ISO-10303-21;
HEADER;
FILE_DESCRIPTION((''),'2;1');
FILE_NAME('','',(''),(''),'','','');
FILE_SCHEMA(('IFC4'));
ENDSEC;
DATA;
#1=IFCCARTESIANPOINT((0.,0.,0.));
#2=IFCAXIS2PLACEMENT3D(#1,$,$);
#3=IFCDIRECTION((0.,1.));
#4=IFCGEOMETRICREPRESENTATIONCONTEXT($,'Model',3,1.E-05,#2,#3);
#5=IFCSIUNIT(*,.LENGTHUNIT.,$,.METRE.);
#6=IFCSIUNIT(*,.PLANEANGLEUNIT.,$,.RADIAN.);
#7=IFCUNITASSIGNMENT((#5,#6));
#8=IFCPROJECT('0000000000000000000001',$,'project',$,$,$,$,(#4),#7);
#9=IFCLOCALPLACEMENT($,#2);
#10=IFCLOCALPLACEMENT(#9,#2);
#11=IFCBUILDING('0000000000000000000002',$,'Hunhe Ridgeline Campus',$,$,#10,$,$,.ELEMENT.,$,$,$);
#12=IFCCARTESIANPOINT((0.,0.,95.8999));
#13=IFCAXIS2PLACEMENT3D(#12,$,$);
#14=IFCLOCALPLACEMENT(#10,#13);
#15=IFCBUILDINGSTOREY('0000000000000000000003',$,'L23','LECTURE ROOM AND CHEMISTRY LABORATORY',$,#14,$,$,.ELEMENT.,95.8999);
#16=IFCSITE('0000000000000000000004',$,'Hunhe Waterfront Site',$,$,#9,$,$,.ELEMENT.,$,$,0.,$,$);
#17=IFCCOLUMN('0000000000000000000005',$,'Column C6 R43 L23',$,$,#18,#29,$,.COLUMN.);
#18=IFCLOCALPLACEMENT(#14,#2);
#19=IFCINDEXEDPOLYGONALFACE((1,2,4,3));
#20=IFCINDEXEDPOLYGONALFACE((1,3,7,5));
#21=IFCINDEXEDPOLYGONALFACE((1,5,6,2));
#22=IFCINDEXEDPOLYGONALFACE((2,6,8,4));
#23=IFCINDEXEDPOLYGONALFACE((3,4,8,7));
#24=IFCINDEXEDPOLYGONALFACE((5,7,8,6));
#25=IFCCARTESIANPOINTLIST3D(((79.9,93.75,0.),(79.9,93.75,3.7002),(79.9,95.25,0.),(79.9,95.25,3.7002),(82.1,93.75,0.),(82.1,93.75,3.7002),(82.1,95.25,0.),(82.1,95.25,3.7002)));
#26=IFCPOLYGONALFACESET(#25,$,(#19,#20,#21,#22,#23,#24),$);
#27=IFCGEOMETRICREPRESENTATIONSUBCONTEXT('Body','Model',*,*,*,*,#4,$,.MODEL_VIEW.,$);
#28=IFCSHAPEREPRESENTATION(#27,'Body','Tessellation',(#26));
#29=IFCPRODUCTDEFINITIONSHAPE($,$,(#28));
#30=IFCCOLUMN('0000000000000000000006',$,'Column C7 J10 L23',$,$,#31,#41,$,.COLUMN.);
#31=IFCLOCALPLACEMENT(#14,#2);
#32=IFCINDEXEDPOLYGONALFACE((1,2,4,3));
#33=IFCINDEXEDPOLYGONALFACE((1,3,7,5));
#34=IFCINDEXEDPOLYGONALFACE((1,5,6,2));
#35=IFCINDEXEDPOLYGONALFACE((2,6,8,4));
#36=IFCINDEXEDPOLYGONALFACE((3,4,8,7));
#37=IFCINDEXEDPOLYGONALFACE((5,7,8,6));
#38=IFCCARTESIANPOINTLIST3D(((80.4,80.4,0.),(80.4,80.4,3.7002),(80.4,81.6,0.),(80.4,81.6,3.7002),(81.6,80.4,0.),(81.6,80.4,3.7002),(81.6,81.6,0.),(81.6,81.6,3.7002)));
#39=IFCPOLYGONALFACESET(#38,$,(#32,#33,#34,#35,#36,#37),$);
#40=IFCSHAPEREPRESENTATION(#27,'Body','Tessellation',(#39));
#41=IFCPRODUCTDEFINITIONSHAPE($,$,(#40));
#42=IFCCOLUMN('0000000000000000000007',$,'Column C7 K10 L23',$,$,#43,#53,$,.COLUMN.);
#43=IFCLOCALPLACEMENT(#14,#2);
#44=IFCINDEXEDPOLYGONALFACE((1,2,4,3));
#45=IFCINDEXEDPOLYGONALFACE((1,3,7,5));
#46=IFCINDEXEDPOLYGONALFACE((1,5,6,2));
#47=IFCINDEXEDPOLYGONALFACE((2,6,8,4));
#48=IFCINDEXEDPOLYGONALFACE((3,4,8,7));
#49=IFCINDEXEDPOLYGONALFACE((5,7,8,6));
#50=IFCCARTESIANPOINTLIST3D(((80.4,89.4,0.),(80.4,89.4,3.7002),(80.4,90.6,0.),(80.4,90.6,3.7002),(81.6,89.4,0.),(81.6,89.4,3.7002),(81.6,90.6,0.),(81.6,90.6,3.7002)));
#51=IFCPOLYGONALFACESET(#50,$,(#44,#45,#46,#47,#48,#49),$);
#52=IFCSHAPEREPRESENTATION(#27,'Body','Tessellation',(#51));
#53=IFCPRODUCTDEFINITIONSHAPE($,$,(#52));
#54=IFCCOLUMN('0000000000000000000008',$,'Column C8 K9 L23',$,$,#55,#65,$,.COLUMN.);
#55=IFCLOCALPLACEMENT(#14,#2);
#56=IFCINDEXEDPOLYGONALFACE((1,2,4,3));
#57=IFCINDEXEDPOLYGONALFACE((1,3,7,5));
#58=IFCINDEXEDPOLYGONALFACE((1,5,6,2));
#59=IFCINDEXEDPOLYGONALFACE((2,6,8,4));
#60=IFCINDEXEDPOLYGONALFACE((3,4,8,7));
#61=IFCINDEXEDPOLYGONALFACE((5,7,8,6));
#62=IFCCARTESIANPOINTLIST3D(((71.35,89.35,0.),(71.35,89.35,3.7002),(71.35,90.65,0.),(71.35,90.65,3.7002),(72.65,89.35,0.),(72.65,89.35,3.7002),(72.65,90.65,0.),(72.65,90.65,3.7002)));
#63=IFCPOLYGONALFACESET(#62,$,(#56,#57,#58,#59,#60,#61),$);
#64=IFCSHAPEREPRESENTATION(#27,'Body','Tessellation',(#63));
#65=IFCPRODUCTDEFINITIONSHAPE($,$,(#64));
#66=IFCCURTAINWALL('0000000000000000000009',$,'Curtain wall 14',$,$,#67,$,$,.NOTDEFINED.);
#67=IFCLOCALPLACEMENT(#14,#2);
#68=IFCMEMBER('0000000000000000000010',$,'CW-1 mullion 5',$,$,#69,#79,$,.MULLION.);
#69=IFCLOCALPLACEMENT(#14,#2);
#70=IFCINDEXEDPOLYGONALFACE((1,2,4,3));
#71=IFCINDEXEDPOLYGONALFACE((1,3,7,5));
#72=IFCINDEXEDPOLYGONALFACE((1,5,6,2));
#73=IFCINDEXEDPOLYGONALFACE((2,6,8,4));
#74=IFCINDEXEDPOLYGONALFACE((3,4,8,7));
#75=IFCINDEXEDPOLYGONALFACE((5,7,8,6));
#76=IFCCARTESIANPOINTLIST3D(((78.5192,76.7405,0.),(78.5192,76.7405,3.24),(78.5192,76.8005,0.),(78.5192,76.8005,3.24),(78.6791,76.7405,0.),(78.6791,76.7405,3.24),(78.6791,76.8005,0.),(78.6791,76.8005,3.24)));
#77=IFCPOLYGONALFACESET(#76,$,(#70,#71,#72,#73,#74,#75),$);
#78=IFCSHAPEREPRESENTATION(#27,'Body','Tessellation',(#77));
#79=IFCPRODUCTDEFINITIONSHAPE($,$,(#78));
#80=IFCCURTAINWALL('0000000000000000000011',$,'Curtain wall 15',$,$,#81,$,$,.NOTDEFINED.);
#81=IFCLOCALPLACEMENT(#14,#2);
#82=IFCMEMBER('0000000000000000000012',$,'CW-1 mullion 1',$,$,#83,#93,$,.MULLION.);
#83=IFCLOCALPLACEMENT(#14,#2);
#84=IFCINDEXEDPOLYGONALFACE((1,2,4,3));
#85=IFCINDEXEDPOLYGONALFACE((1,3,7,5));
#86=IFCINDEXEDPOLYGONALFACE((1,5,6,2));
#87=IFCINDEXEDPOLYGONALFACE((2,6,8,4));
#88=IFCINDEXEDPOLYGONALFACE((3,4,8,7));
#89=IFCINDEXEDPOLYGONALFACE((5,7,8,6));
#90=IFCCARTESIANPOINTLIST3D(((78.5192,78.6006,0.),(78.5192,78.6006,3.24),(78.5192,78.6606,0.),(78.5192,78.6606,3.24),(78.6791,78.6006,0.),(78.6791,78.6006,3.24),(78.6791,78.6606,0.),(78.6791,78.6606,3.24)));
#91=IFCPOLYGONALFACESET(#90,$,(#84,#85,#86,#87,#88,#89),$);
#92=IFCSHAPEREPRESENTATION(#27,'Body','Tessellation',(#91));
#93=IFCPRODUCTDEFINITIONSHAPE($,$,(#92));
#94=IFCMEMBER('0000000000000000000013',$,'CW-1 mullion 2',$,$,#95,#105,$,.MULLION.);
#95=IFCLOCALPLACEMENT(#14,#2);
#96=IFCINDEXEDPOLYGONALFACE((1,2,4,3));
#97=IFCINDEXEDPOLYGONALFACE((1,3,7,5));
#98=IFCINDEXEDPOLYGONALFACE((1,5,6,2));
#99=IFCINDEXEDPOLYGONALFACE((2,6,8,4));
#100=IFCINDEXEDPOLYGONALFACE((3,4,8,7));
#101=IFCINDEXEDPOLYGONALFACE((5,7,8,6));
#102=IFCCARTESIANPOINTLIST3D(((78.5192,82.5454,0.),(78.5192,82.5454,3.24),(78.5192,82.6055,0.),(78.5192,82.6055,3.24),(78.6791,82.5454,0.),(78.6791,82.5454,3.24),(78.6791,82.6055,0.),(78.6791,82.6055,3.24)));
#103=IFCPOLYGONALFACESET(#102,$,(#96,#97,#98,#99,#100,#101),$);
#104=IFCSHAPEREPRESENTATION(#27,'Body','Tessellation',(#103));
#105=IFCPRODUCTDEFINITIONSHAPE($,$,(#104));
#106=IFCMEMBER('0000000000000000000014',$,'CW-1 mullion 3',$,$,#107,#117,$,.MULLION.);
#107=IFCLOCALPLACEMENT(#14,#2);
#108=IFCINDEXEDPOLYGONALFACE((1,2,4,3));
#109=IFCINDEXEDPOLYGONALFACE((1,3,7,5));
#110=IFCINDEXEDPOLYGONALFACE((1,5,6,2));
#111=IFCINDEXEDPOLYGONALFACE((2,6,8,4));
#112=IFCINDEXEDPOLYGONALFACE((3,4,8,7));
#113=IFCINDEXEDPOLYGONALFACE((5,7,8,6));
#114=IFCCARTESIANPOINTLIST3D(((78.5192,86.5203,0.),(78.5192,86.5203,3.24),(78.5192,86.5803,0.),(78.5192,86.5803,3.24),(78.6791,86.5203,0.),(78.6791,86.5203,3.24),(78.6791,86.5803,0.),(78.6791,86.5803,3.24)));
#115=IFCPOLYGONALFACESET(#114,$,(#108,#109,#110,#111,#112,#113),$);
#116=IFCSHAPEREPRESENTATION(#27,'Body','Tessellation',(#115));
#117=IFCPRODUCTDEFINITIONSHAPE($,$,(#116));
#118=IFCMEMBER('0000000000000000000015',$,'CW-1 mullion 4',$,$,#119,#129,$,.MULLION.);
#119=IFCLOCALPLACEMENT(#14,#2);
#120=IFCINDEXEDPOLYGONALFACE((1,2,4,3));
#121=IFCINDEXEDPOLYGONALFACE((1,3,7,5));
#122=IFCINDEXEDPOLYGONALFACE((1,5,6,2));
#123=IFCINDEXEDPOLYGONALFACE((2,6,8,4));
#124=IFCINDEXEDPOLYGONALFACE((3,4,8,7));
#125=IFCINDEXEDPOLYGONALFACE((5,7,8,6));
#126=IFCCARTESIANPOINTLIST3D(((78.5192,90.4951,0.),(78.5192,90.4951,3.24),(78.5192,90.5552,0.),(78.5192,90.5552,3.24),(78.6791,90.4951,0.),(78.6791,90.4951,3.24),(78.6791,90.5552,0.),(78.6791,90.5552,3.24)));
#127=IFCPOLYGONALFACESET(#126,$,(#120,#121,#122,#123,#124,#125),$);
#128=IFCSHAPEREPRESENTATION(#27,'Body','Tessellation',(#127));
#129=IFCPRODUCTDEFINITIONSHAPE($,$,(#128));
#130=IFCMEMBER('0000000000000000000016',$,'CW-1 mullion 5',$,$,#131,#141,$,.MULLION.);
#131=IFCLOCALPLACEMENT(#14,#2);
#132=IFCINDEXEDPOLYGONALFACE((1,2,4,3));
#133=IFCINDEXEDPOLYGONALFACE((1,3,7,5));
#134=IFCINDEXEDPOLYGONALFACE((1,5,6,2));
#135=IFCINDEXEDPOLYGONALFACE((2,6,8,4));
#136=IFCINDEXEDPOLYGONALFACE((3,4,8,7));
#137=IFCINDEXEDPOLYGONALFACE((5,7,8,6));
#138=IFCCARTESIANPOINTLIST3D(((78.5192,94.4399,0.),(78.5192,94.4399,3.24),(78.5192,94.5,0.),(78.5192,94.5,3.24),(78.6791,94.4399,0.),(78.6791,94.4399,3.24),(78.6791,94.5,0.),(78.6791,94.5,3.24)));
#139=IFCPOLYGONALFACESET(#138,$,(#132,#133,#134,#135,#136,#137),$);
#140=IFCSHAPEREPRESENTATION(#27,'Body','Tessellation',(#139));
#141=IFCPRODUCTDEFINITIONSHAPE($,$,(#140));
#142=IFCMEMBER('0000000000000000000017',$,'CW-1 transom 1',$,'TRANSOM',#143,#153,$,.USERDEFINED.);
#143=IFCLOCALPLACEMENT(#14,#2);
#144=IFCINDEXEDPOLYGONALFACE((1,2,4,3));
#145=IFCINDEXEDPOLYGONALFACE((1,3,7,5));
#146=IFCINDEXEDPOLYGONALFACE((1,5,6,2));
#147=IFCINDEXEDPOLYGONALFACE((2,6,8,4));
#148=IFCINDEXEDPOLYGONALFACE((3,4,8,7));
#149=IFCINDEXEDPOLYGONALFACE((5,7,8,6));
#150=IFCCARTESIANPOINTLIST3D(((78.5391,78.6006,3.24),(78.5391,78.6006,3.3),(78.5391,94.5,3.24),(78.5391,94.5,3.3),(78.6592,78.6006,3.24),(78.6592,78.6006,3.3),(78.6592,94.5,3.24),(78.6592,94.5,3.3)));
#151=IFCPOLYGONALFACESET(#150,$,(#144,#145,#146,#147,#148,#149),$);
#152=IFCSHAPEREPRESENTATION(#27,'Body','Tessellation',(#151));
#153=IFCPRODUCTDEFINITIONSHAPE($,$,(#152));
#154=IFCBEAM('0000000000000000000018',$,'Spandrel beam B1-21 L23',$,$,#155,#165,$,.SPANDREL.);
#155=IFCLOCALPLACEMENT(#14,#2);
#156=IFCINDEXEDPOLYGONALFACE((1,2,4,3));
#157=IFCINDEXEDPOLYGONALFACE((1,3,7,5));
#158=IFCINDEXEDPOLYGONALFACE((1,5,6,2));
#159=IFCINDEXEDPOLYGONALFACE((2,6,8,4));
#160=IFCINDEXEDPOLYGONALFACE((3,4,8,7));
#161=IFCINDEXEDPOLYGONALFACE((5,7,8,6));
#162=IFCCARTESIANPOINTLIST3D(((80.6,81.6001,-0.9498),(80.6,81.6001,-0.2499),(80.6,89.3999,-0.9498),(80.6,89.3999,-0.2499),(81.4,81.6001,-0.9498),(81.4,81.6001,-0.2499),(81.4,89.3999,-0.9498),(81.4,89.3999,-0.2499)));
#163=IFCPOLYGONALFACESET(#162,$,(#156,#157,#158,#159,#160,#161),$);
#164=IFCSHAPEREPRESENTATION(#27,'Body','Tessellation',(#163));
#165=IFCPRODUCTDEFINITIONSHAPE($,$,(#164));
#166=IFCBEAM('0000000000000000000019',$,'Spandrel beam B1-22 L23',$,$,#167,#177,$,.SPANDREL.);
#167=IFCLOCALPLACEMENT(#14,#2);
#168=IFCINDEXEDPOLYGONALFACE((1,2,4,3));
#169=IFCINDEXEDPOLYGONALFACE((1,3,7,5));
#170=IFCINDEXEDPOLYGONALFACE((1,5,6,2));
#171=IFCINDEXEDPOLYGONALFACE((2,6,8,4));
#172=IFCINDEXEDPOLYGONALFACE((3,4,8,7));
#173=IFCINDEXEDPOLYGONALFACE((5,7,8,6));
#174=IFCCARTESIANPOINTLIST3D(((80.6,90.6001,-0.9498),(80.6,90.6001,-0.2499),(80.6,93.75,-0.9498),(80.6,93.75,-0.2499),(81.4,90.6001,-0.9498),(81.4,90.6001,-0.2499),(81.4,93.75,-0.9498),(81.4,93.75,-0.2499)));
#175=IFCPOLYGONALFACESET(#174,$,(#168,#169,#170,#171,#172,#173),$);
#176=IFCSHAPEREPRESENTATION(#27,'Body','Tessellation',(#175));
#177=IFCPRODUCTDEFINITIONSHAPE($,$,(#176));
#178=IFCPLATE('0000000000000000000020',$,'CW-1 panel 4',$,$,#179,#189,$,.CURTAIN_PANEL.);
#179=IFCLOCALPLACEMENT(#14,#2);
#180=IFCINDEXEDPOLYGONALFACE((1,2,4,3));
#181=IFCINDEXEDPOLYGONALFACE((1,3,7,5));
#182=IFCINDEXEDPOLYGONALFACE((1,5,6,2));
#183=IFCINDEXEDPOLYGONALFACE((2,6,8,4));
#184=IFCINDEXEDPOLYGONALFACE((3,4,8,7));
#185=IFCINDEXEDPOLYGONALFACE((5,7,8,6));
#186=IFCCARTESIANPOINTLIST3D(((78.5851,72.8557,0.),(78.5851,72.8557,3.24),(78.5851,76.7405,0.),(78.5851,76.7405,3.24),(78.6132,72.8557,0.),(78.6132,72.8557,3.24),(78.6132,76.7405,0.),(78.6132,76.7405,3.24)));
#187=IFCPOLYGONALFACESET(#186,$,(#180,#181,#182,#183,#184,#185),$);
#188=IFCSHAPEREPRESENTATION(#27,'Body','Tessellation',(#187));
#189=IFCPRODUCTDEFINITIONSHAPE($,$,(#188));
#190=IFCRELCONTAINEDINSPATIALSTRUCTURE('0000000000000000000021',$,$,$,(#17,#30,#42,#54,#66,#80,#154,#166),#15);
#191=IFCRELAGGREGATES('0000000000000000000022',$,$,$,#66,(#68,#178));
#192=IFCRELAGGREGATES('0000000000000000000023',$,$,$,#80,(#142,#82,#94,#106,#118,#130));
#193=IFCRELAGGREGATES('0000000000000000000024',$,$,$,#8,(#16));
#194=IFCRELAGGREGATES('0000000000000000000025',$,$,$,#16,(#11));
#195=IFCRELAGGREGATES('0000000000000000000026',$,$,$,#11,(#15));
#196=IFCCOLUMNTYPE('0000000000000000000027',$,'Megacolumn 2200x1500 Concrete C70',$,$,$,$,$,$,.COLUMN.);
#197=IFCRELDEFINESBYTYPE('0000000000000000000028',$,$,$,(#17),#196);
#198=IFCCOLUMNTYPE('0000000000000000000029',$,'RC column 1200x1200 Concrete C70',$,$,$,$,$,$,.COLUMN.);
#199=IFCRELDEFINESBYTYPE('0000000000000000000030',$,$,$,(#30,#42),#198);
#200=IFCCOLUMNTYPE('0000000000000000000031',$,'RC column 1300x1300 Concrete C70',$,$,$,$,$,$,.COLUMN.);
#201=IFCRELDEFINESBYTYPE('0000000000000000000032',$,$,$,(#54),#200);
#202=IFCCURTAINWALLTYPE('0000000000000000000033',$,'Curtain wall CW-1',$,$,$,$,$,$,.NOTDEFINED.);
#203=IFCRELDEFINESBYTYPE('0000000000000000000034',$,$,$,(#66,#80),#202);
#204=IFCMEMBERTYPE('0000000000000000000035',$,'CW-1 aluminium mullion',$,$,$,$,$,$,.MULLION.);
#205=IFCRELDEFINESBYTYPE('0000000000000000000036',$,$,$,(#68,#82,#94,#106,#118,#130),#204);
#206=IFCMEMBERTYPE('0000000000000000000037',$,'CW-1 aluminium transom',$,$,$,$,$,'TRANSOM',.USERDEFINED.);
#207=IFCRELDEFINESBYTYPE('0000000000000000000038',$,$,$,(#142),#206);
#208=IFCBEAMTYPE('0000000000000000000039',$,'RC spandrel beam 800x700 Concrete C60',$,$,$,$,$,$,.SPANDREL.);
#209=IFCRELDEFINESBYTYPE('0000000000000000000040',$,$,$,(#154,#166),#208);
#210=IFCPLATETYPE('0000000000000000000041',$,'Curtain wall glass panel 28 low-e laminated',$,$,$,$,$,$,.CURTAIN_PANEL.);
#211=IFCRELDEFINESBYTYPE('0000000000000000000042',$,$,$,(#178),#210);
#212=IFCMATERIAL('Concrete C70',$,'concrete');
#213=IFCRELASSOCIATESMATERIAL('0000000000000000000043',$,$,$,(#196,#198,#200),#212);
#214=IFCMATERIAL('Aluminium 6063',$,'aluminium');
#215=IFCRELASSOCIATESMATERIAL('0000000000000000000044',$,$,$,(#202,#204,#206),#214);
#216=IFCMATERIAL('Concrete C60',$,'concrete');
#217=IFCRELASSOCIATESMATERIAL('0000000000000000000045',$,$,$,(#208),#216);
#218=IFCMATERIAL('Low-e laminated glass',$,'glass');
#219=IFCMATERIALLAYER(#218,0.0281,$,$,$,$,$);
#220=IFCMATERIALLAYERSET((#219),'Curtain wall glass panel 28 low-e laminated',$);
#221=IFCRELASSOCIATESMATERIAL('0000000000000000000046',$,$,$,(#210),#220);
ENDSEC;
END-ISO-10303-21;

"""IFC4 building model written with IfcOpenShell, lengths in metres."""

from ifc_helpers import new_model, si_unit, direction, frame, origin, origin_2d, place, context, subcontext, project, spatial, rectangle, extrude, material, layer, layer_set, material_profile, profile_set, type_object, element, aggregate, save


model = new_model("IFC4")

# Units and contexts
model_context = context("Model", 3, precision=1e-05, world=origin(), true_north=direction((0.0, 1.0)))
body_context = subcontext(model_context, "Body", "Model", "MODEL_VIEW")
ifc_project = project(units=[si_unit("LENGTHUNIT", "METRE"), si_unit("PLANEANGLEUNIT", "RADIAN")], contexts=[model_context])

# Site, building, storey
site_placement = place(None, origin())
site = spatial("IfcSite", under=ifc_project, at=site_placement, Name="Hunhe Waterfront Site", CompositionType="ELEMENT", RefElevation=0.0)
building_placement = place(site_placement, origin())
building = spatial("IfcBuilding", under=site, at=building_placement, Name="Hunhe Ridgeline Campus", CompositionType="ELEMENT")
storey_placement = place(building_placement, frame((0.0, 0.0, 95.8999)))
storey = spatial("IfcBuildingStorey", under=building, at=storey_placement, Name="L23", Description="LECTURE ROOM AND CHEMISTRY LABORATORY", CompositionType="ELEMENT", Elevation=95.8999)

# Columns
ifc_material_1 = material(Name="Concrete C70", Category="concrete")
ifc_material_profile_1 = material_profile(ifc_material_1, rectangle(XDim=2.2, YDim=1.5, at=origin_2d()))
ifc_profile_set_1 = profile_set([ifc_material_profile_1], Name="Concrete C70")
column_type_1 = type_object("IfcColumnType", Name="Megacolumn 2200x1500 Concrete C70", PredefinedType="COLUMN", material=ifc_profile_set_1)
column_1_placement = place(storey_placement, frame((81.0, 94.5, 0.0), z_axis=(0.0, 0.0, 1.0), x_axis=(1.0, 0.0, 0.0)))
element("IfcColumn", 1, at=column_1_placement, inside=storey, type_object=column_type_1, Name="Column C6 R43 L23", PredefinedType="COLUMN", context=body_context, shape_type="SweptSolid", body=[
    extrude(rectangle(XDim=2.2, YDim=1.5, at=origin_2d()), origin(), (0.0, 0.0, 1.0), 3.7002),
])
ifc_material_profile_2 = material_profile(ifc_material_1, rectangle(XDim=1.2, YDim=1.2, at=origin_2d()))
ifc_profile_set_2 = profile_set([ifc_material_profile_2], Name="Concrete C70")
column_type_2 = type_object("IfcColumnType", Name="RC column 1200x1200 Concrete C70", PredefinedType="COLUMN", material=ifc_profile_set_2)
for number, where, z_axis, x_axis, name in (
    (2, (81.0, 81.0, 0.0), (0.0, 0.0, 1.0), (1.0, 0.0, 0.0), "Column C7 J10 L23"),
    (3, (81.0, 90.0, 0.0), (0.0, 0.0, 1.0), (1.0, 0.0, 0.0), "Column C7 K10 L23"),
):
    element("IfcColumn", number, at=place(storey_placement, frame(where, z_axis=z_axis, x_axis=x_axis)), inside=storey, type_object=column_type_2, Name=name, PredefinedType="COLUMN", context=body_context, shape_type="SweptSolid", body=[
        extrude(rectangle(XDim=1.2, YDim=1.2, at=origin_2d()), origin(), (0.0, 0.0, 1.0), 3.7002),
    ])
ifc_material_profile_3 = material_profile(ifc_material_1, rectangle(XDim=1.3, YDim=1.3, at=origin_2d()))
ifc_profile_set_3 = profile_set([ifc_material_profile_3], Name="Concrete C70")
column_type_3 = type_object("IfcColumnType", Name="RC column 1300x1300 Concrete C70", PredefinedType="COLUMN", material=ifc_profile_set_3)
column_2_placement = place(storey_placement, frame((72.0, 90.0, 0.0), z_axis=(0.0, 0.0, 1.0), x_axis=(1.0, 0.0, 0.0)))
element("IfcColumn", 4, at=column_2_placement, inside=storey, type_object=column_type_3, Name="Column C8 K9 L23", PredefinedType="COLUMN", context=body_context, shape_type="SweptSolid", body=[
    extrude(rectangle(XDim=1.3, YDim=1.3, at=origin_2d()), origin(), (0.0, 0.0, 1.0), 3.7002),
])

# Curtain wall, member
ifc_material_2 = material(Name="Aluminium 6063", Category="aluminium")
curtain_wall_type = type_object("IfcCurtainWallType", Name="Curtain wall CW-1", PredefinedType="NOTDEFINED", material=ifc_material_2)
curtain_wall_1_placement = place(storey_placement, origin())
curtain_wall_1 = element("IfcCurtainWall", 5, at=curtain_wall_1_placement, inside=storey, type_object=curtain_wall_type, Name="Curtain wall 14", PredefinedType="NOTDEFINED")
ifc_material_profile_4 = material_profile(ifc_material_2, rectangle(XDim=0.1599, YDim=0.0601, at=origin_2d()))
ifc_profile_set_4 = profile_set([ifc_material_profile_4], Name="Aluminium 6063")
member_type_1 = type_object("IfcMemberType", Name="CW-1 aluminium mullion", PredefinedType="MULLION", material=ifc_profile_set_4)
member_1_placement = place(storey_placement, frame((78.5991, 76.7705, 0.0), z_axis=(0.0, 0.0, 1.0), x_axis=(-1.0, 0.0, 0.0)))
member_1 = element("IfcMember", 6, at=member_1_placement, type_object=member_type_1, Name="CW-1 mullion 5", PredefinedType="MULLION", context=body_context, shape_type="SweptSolid", body=[
    extrude(rectangle(XDim=0.1599, YDim=0.0601, at=origin_2d()), origin(), (0.0, 0.0, 1.0), 3.24),
])

# Curtain wall, members
curtain_wall_2_placement = place(storey_placement, origin())
curtain_wall_2 = element("IfcCurtainWall", 7, at=curtain_wall_2_placement, inside=storey, type_object=curtain_wall_type, Name="Curtain wall 15", PredefinedType="NOTDEFINED")
member_2_placement = place(storey_placement, frame((78.5991, 78.6306, 0.0), z_axis=(0.0, 0.0, 1.0), x_axis=(-1.0, 0.0, 0.0)))
member_2 = element("IfcMember", 8, at=member_2_placement, type_object=member_type_1, Name="CW-1 mullion 1", PredefinedType="MULLION", context=body_context, shape_type="SweptSolid", body=[
    extrude(rectangle(XDim=0.1599, YDim=0.0601, at=origin_2d()), origin(), (0.0, 0.0, 1.0), 3.24),
])
member_3_placement = place(storey_placement, frame((78.5991, 82.5754, 0.0), z_axis=(0.0, 0.0, 1.0), x_axis=(-1.0, 0.0, 0.0)))
member_3 = element("IfcMember", 9, at=member_3_placement, type_object=member_type_1, Name="CW-1 mullion 2", PredefinedType="MULLION", context=body_context, shape_type="SweptSolid", body=[
    extrude(rectangle(XDim=0.1599, YDim=0.0601, at=origin_2d()), origin(), (0.0, 0.0, 1.0), 3.24),
])
member_4_placement = place(storey_placement, frame((78.5991, 86.5503, 0.0), z_axis=(0.0, 0.0, 1.0), x_axis=(-1.0, 0.0, 0.0)))
member_4 = element("IfcMember", 10, at=member_4_placement, type_object=member_type_1, Name="CW-1 mullion 3", PredefinedType="MULLION", context=body_context, shape_type="SweptSolid", body=[
    extrude(rectangle(XDim=0.1599, YDim=0.0601, at=origin_2d()), origin(), (0.0, 0.0, 1.0), 3.24),
])
member_5_placement = place(storey_placement, frame((78.5991, 90.5251, 0.0), z_axis=(0.0, 0.0, 1.0), x_axis=(-1.0, 0.0, 0.0)))
member_5 = element("IfcMember", 11, at=member_5_placement, type_object=member_type_1, Name="CW-1 mullion 4", PredefinedType="MULLION", context=body_context, shape_type="SweptSolid", body=[
    extrude(rectangle(XDim=0.1599, YDim=0.0601, at=origin_2d()), origin(), (0.0, 0.0, 1.0), 3.24),
])
member_6_placement = place(storey_placement, frame((78.5991, 94.47, 0.0), z_axis=(0.0, 0.0, 1.0), x_axis=(-1.0, 0.0, 0.0)))
member_6 = element("IfcMember", 12, at=member_6_placement, type_object=member_type_1, Name="CW-1 mullion 5", PredefinedType="MULLION", context=body_context, shape_type="SweptSolid", body=[
    extrude(rectangle(XDim=0.1599, YDim=0.0601, at=origin_2d()), origin(), (0.0, 0.0, 1.0), 3.24),
])
ifc_material_profile_5 = material_profile(ifc_material_2, rectangle(XDim=0.1201, YDim=0.0601, at=origin_2d()))
ifc_profile_set_5 = profile_set([ifc_material_profile_5], Name="Aluminium 6063")
member_type_2 = type_object("IfcMemberType", Name="CW-1 aluminium transom", ElementType="TRANSOM", PredefinedType="USERDEFINED", material=ifc_profile_set_5)
member_7_placement = place(storey_placement, frame((78.5991, 78.6006, 3.27), z_axis=(0.0, 1.0, 0.0), x_axis=(-1.0, 0.0, 0.0)))
member_7 = element("IfcMember", 13, at=member_7_placement, type_object=member_type_2, Name="CW-1 transom 1", ObjectType="TRANSOM", PredefinedType="USERDEFINED", context=body_context, shape_type="SweptSolid", body=[
    extrude(rectangle(XDim=0.1201, YDim=0.0601, at=origin_2d()), origin(), (0.0, 0.0, 1.0), 15.8994),
])

# Beams
ifc_material_3 = material(Name="Concrete C60", Category="concrete")
ifc_material_profile_6 = material_profile(ifc_material_3, rectangle(XDim=0.8, YDim=0.7, at=origin_2d()))
ifc_profile_set_6 = profile_set([ifc_material_profile_6], Name="Concrete C60")
beam_type = type_object("IfcBeamType", Name="RC spandrel beam 800x700 Concrete C60", PredefinedType="SPANDREL", material=ifc_profile_set_6)
beam_1_placement = place(storey_placement, frame((81.0, 81.6001, -0.5999), z_axis=(0.0, 1.0, 0.0), x_axis=(-1.0, 0.0, 0.0)))
element("IfcBeam", 14, at=beam_1_placement, inside=storey, type_object=beam_type, Name="Spandrel beam B1-21 L23", PredefinedType="SPANDREL", context=body_context, shape_type="SweptSolid", body=[
    extrude(rectangle(XDim=0.8, YDim=0.7, at=origin_2d()), origin(), (0.0, 0.0, 1.0), 7.7998),
])
beam_2_placement = place(storey_placement, frame((81.0, 90.6001, -0.5999), z_axis=(0.0, 1.0, 0.0), x_axis=(-1.0, 0.0, 0.0)))
element("IfcBeam", 15, at=beam_2_placement, inside=storey, type_object=beam_type, Name="Spandrel beam B1-22 L23", PredefinedType="SPANDREL", context=body_context, shape_type="SweptSolid", body=[
    extrude(rectangle(XDim=0.8, YDim=0.7, at=origin_2d()), origin(), (0.0, 0.0, 1.0), 3.1499),
])

# Plate
ifc_material_4 = material(Name="Low-e laminated glass", Category="glass")
ifc_layer_1 = layer(ifc_material_4, 0.0281)
ifc_layer_set_1 = layer_set([ifc_layer_1], Name="Curtain wall glass panel 28 low-e laminated")
plate_type = type_object("IfcPlateType", Name="Curtain wall glass panel 28 low-e laminated", PredefinedType="CURTAIN_PANEL", material=ifc_layer_set_1)
plate_1_placement = place(storey_placement, frame((78.5991, 74.7981, 0.0), z_axis=(0.0, 0.0, 1.0), x_axis=(0.0, 1.0, 0.0)))
plate_1 = element("IfcPlate", 16, at=plate_1_placement, type_object=plate_type, Name="CW-1 panel 4", PredefinedType="CURTAIN_PANEL", context=body_context, shape_type="SweptSolid", body=[
    extrude(rectangle(XDim=3.8848, YDim=0.0281, at=origin_2d()), origin(), (0.0, 0.0, 1.0), 3.24),
])
aggregate(curtain_wall_1, [member_1, plate_1])
aggregate(curtain_wall_2, [member_7, member_2, member_3, member_4, member_5, member_6])

save(model, "model.ifc")
